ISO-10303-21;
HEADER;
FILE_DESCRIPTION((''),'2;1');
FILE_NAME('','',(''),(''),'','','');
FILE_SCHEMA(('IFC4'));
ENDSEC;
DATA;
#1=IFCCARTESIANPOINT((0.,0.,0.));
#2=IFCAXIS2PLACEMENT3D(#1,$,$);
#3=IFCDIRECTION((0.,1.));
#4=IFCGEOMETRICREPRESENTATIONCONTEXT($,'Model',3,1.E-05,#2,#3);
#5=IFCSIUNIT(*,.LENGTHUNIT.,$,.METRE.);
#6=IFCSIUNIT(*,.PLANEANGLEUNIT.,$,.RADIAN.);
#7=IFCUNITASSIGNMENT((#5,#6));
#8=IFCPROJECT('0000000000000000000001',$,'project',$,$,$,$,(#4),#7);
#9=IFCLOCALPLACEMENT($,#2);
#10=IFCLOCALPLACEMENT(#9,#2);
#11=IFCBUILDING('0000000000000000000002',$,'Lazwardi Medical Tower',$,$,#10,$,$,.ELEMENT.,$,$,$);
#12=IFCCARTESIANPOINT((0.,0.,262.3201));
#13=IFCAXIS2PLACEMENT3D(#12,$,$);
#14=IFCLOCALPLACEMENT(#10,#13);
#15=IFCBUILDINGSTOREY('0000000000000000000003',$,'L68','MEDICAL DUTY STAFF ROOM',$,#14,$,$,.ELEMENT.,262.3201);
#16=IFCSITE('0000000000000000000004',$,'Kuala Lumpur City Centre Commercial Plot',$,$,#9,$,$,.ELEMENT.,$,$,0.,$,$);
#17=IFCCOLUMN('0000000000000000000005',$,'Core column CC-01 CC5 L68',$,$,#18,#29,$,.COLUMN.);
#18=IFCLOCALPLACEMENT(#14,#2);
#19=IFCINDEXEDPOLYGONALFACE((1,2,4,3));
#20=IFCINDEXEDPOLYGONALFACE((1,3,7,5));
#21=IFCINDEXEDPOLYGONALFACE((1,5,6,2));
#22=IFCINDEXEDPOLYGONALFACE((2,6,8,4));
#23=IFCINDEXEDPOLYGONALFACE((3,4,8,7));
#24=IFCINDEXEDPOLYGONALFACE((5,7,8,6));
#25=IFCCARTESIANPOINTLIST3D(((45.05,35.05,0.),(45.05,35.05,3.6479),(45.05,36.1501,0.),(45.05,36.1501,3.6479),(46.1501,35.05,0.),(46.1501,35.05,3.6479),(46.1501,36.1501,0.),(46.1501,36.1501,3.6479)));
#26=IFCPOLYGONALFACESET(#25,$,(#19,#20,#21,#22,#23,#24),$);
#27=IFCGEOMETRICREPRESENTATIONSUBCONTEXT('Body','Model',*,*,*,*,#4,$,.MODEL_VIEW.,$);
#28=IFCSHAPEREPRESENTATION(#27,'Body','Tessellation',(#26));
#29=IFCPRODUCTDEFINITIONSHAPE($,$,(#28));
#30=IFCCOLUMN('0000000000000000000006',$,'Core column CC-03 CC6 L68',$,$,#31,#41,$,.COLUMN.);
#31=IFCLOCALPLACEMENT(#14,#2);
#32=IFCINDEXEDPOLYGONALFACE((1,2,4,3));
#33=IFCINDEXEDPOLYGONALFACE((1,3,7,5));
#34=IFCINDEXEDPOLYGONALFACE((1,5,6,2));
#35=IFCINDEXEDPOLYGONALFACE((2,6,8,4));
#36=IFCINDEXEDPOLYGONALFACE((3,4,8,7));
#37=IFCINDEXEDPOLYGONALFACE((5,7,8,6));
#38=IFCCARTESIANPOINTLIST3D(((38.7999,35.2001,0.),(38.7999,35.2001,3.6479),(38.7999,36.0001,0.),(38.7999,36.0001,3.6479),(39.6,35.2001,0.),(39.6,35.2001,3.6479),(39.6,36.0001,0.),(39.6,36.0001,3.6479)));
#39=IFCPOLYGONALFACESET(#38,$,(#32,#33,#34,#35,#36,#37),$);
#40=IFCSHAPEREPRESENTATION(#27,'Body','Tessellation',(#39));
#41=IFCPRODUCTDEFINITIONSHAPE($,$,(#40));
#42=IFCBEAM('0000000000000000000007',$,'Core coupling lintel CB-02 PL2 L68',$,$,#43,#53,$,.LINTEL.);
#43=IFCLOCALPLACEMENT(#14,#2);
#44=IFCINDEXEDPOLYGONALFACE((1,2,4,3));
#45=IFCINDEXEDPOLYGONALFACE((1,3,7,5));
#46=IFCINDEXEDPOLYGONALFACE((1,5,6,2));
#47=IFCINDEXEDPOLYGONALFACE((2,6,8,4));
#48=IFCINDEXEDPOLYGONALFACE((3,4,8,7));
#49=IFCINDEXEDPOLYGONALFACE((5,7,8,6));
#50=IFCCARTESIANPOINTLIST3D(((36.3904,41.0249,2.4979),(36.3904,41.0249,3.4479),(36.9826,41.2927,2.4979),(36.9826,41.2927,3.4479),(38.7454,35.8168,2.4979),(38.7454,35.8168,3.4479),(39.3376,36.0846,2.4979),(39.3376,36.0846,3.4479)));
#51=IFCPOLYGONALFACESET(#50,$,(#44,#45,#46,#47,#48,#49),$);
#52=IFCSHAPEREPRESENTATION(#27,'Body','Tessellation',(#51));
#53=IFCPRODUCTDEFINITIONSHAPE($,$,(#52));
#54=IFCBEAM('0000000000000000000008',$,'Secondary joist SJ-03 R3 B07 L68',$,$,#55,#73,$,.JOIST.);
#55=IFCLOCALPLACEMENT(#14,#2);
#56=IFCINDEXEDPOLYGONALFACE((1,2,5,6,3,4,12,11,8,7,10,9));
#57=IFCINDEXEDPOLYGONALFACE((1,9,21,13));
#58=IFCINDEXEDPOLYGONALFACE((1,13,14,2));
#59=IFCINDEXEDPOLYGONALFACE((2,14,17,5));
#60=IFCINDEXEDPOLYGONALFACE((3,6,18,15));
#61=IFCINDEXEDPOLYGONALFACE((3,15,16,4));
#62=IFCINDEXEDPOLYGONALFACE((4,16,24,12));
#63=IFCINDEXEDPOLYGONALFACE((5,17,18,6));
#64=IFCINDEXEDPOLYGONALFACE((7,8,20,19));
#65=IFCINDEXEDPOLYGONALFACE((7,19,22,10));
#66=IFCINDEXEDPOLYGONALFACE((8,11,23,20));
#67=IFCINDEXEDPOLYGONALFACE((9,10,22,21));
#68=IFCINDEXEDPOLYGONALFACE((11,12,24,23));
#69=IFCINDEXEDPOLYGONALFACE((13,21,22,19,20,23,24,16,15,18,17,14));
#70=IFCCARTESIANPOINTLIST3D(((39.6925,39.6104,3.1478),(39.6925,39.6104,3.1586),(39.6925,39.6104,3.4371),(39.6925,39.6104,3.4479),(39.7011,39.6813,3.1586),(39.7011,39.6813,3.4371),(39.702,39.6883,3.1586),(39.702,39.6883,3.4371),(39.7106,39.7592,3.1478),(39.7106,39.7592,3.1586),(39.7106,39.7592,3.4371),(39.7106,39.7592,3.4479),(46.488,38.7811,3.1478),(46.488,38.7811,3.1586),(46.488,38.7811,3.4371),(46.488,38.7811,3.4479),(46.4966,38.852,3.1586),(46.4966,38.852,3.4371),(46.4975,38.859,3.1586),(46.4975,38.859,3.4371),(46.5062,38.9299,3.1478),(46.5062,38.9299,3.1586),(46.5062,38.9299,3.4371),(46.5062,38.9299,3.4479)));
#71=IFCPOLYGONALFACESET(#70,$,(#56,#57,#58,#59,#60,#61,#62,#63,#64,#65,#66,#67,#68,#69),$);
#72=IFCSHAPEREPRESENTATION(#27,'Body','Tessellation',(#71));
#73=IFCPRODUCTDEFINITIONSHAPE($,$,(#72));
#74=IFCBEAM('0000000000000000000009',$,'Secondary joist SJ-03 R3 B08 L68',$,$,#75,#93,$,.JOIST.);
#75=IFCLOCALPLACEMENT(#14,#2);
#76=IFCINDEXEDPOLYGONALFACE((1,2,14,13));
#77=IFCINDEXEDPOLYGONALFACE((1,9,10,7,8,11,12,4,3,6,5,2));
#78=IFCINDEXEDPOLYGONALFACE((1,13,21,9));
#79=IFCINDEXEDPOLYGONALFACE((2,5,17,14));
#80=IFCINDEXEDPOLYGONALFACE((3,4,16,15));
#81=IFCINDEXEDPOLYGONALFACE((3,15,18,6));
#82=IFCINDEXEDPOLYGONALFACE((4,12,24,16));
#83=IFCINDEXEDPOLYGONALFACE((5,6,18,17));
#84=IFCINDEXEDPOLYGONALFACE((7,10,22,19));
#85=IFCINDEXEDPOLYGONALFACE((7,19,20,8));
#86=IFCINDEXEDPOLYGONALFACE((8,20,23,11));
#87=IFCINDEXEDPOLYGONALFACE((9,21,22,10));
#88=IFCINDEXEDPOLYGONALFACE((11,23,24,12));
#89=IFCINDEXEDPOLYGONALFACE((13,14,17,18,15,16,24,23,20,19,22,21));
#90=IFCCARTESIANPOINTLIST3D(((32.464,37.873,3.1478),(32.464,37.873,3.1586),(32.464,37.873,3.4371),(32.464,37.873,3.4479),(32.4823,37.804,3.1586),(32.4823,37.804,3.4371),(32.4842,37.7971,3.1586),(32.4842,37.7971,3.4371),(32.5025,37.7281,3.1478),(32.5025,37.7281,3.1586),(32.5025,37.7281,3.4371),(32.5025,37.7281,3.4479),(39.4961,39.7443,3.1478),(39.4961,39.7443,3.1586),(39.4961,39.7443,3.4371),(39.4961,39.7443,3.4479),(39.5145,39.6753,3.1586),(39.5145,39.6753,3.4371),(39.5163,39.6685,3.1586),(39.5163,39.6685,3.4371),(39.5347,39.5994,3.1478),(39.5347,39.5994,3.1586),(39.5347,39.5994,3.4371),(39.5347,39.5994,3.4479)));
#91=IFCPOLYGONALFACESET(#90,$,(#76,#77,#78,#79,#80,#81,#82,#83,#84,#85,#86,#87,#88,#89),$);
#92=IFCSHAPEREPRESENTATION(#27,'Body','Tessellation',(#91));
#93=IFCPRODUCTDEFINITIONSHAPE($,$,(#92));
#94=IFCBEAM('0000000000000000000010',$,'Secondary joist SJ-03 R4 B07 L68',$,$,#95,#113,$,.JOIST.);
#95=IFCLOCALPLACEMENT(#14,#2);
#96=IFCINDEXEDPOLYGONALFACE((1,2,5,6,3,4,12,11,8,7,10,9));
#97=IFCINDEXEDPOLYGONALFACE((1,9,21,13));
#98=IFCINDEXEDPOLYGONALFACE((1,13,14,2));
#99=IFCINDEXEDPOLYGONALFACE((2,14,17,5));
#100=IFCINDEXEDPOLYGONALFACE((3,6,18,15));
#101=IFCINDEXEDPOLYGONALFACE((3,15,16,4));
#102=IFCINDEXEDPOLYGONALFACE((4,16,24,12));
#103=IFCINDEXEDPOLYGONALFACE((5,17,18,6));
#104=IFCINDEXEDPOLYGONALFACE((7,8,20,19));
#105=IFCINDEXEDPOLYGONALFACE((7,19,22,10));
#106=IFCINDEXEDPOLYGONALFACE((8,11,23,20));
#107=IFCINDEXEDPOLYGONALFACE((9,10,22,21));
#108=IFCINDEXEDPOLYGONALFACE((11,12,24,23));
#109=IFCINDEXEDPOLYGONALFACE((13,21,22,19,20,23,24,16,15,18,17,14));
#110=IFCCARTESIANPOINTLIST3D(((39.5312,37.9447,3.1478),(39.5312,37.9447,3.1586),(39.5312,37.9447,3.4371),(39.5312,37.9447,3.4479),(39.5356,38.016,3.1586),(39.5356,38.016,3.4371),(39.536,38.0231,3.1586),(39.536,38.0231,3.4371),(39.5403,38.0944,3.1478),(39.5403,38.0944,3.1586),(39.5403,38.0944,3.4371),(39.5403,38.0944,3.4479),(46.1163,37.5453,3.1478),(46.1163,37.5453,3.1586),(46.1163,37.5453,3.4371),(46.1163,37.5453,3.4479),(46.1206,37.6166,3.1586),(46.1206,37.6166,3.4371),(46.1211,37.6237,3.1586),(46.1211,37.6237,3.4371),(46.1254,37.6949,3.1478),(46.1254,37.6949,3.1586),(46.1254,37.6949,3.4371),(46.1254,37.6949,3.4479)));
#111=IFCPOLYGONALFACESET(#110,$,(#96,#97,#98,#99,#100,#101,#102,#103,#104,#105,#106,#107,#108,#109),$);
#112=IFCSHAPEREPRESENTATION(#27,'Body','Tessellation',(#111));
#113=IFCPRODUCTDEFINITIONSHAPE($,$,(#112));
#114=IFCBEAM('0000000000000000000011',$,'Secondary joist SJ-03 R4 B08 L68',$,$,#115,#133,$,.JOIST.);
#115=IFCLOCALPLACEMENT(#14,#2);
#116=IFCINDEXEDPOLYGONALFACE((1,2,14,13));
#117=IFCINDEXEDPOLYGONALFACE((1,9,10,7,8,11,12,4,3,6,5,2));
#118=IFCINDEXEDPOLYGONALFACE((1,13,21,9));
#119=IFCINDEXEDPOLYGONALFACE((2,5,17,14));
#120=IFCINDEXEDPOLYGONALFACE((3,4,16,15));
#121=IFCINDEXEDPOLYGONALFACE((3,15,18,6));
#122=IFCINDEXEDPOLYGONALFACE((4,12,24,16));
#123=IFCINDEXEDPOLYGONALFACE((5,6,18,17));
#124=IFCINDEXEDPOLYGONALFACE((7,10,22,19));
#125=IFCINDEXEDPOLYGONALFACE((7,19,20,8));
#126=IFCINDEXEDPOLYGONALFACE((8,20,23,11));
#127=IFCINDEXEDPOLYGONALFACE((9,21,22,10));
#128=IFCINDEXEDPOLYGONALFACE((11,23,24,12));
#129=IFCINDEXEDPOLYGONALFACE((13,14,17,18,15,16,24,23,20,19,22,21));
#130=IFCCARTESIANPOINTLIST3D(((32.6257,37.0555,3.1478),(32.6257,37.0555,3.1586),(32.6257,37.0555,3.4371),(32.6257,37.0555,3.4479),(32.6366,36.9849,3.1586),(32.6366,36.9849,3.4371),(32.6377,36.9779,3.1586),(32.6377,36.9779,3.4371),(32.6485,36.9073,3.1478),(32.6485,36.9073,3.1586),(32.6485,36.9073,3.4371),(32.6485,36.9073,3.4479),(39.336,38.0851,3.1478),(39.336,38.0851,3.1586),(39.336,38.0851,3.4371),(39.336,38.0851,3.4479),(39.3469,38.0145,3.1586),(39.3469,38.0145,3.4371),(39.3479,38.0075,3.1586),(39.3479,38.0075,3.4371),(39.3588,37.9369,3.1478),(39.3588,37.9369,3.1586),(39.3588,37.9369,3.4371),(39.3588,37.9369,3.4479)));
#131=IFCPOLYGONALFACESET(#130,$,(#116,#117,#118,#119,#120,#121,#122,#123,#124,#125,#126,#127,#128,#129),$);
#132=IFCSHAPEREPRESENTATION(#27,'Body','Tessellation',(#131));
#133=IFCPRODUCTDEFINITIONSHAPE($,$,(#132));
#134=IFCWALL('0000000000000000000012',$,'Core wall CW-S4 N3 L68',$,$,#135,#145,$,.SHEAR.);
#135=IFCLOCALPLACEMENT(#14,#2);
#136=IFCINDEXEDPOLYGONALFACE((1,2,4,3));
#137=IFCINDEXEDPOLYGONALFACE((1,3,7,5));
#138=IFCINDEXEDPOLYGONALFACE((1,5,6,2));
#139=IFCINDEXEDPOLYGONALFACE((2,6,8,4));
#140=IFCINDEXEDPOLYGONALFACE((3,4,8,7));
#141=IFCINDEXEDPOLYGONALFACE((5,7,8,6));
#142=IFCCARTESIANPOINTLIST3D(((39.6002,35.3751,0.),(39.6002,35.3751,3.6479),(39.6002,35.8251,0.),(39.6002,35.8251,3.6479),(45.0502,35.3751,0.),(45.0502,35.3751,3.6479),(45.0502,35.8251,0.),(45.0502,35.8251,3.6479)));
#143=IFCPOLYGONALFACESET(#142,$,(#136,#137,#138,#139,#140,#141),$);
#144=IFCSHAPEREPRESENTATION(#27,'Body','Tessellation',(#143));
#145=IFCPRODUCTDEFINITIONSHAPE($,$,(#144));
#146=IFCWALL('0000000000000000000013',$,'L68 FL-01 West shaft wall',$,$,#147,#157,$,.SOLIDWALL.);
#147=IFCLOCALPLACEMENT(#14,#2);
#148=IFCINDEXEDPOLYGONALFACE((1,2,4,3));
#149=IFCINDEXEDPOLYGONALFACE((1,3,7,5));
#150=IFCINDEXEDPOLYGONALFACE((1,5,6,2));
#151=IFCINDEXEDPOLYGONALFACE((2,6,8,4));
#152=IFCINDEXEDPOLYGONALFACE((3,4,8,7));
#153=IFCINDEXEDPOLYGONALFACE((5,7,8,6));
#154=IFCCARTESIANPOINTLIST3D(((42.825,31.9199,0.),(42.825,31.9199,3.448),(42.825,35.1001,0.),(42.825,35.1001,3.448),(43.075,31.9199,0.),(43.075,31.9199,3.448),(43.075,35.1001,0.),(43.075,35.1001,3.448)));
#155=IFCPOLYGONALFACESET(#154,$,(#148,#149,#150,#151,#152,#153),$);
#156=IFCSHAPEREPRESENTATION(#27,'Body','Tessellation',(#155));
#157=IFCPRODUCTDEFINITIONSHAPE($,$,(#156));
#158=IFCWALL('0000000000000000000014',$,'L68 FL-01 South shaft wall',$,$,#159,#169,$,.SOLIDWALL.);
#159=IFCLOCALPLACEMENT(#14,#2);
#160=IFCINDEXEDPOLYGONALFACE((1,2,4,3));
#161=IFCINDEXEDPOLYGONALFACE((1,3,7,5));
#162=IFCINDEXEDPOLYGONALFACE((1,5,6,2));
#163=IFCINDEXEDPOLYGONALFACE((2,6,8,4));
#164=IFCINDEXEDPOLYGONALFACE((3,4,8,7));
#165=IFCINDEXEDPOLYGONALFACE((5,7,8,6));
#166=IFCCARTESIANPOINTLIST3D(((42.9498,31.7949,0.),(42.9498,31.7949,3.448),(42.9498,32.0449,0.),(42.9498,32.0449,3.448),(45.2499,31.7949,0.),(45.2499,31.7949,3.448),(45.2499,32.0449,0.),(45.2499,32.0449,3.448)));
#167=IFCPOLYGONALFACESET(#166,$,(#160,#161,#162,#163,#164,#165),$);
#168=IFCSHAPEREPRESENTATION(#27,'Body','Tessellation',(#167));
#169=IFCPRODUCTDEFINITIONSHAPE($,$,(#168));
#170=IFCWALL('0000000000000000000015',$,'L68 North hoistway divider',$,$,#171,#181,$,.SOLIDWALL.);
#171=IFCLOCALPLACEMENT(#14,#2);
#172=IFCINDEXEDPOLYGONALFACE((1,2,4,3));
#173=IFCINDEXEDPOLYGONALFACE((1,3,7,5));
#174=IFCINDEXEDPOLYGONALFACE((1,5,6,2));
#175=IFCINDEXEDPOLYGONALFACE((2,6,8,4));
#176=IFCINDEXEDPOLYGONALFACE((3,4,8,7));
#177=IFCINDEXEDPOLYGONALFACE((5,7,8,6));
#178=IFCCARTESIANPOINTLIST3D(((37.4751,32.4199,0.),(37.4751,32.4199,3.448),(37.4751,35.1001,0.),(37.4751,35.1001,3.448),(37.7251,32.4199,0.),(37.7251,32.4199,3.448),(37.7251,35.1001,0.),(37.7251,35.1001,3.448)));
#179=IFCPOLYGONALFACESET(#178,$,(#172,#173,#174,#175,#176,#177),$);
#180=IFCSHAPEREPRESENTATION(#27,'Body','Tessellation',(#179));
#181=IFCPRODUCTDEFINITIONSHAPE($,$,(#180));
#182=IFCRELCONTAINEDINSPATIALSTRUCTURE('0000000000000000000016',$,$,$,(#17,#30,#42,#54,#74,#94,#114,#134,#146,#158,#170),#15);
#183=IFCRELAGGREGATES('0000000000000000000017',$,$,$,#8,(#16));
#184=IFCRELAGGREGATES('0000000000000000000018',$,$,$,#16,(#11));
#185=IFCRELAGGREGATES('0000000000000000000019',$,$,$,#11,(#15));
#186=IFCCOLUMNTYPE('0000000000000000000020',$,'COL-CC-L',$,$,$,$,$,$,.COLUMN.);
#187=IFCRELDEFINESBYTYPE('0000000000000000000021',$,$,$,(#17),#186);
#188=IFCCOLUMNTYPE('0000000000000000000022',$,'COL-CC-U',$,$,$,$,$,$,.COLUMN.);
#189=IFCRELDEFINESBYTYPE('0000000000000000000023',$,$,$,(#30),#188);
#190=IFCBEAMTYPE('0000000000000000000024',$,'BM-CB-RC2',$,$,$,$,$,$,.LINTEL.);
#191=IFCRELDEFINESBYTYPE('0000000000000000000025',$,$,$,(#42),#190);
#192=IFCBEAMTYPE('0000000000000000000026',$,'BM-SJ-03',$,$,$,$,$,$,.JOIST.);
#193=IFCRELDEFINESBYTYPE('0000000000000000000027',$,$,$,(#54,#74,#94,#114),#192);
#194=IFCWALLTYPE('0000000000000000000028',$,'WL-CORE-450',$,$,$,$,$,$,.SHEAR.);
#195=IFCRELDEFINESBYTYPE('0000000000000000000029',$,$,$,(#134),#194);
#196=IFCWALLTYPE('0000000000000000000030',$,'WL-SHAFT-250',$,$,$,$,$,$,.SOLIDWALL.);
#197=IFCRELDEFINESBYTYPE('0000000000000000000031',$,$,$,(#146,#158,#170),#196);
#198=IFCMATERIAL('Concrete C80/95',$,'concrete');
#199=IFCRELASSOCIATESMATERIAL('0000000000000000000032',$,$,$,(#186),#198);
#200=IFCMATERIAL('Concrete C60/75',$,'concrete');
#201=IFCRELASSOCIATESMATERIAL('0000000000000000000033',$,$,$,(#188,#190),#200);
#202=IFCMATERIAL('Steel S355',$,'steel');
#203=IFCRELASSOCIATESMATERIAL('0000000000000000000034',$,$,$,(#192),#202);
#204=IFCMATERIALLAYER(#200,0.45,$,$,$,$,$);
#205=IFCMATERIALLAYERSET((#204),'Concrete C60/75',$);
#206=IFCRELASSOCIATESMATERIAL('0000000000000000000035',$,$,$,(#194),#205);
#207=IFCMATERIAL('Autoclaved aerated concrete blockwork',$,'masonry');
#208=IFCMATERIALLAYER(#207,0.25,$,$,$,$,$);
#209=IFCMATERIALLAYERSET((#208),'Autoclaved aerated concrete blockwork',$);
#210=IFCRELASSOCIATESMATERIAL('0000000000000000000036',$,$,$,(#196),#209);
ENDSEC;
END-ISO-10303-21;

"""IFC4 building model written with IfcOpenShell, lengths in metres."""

from ifc_helpers import new_model, si_unit, direction, frame, frame_2d, origin, origin_2d, place, context, subcontext, project, spatial, rectangle, i_section, extrude, material, layer, layer_set, material_profile, profile_set, type_object, element, save


model = new_model("IFC4")

# Units and contexts
model_context = context("Model", 3, precision=1e-05, world=origin(), true_north=direction((0.0, 1.0)))
body_context = subcontext(model_context, "Body", "Model", "MODEL_VIEW")
ifc_project = project(units=[si_unit("LENGTHUNIT", "METRE"), si_unit("PLANEANGLEUNIT", "RADIAN")], contexts=[model_context])

# Site, building, storey
site_placement = place(None, origin())
site = spatial("IfcSite", under=ifc_project, at=site_placement, Name="Kuala Lumpur City Centre Commercial Plot", CompositionType="ELEMENT", RefElevation=0.0)
building_placement = place(site_placement, origin())
building = spatial("IfcBuilding", under=site, at=building_placement, Name="Lazwardi Medical Tower", CompositionType="ELEMENT")
storey_placement = place(building_placement, frame((0.0, 0.0, 262.3201)))
storey = spatial("IfcBuildingStorey", under=building, at=storey_placement, Name="L68", Description="MEDICAL DUTY STAFF ROOM", CompositionType="ELEMENT", Elevation=262.3201)

# Columns
ifc_material_1 = material(Name="Concrete C80/95", Category="concrete")
ifc_material_profile_1 = material_profile(ifc_material_1, rectangle(XDim=1.1001, YDim=1.1001, at=origin_2d()), Name="RC 1100x1100")
ifc_profile_set_1 = profile_set([ifc_material_profile_1], Name="Concrete C80/95")
column_type_1 = type_object("IfcColumnType", Name="COL-CC-L", PredefinedType="COLUMN", material=ifc_profile_set_1)
column_1_placement = place(storey_placement, frame((45.6001, 35.6001, 0.0), z_axis=(0.0, 0.0, 1.0), x_axis=(1.0, 0.0, 0.0)))
element("IfcColumn", 1, at=column_1_placement, inside=storey, type_object=column_type_1, Name="Core column CC-01 CC5 L68", PredefinedType="COLUMN", context=body_context, shape_type="SweptSolid", body=[
    extrude(rectangle(XDim=1.1001, YDim=1.1001, at=origin_2d()), origin(), (0.0, 0.0, 1.0), 3.6479),
])
ifc_material_2 = material(Name="Concrete C60/75", Category="concrete")
ifc_material_profile_2 = material_profile(ifc_material_2, rectangle(XDim=0.8, YDim=0.8, at=origin_2d()), Name="RC 800x800")
ifc_profile_set_2 = profile_set([ifc_material_profile_2], Name="Concrete C60/75")
column_type_2 = type_object("IfcColumnType", Name="COL-CC-U", PredefinedType="COLUMN", material=ifc_profile_set_2)
column_2_placement = place(storey_placement, frame((39.2, 35.6001, 0.0), z_axis=(0.0, 0.0, 1.0), x_axis=(1.0, 0.0, 0.0)))
element("IfcColumn", 2, at=column_2_placement, inside=storey, type_object=column_type_2, Name="Core column CC-03 CC6 L68", PredefinedType="COLUMN", context=body_context, shape_type="SweptSolid", body=[
    extrude(rectangle(XDim=0.8, YDim=0.8, at=origin_2d()), origin(), (0.0, 0.0, 1.0), 3.6479),
])

# Beams
ifc_material_profile_3 = material_profile(ifc_material_2, rectangle(XDim=0.6499, YDim=0.95, at=origin_2d()), Name="RC 650x950")
ifc_profile_set_3 = profile_set([ifc_material_profile_3], Name="Concrete C60/75")
beam_type_1 = type_object("IfcBeamType", Name="BM-CB-RC2", PredefinedType="LINTEL", material=ifc_profile_set_3)
beam_1_placement = place(storey_placement, frame((39.0415, 35.9507, 2.9729), z_axis=(-0.412019, 0.911175, 0.0), x_axis=(-0.911175, -0.412019, 0.0)))
element("IfcBeam", 3, at=beam_1_placement, inside=storey, type_object=beam_type_1, Name="Core coupling lintel CB-02 PL2 L68", PredefinedType="LINTEL", context=body_context, shape_type="SweptSolid", body=[
    extrude(rectangle(XDim=0.6499, YDim=0.95, at=origin_2d()), origin(), (0.0, 0.0, 1.0), 5.7158),
])
ifc_material_3 = material(Name="Steel S355", Category="steel")
ifc_material_profile_4 = material_profile(ifc_material_3, i_section(OverallWidth=0.1499, OverallDepth=0.3, WebThickness=0.0071, FlangeThickness=0.0107, at=origin_2d()), Name="IPE 300")
ifc_profile_set_4 = profile_set([ifc_material_profile_4], Name="Steel S355")
beam_type_2 = type_object("IfcBeamType", Name="BM-SJ-03", PredefinedType="JOIST", material=ifc_profile_set_4)
beam_2_placement = place(storey_placement, frame((46.4971, 38.8555, 3.2979), z_axis=(-0.992635, 0.121146, 0.0), x_axis=(-0.121146, -0.992635, 0.0)))
element("IfcBeam", 4, at=beam_2_placement, inside=storey, type_object=beam_type_2, Name="Secondary joist SJ-03 R3 B07 L68", PredefinedType="JOIST", context=body_context, shape_type="SweptSolid", body=[
    extrude(i_section(OverallWidth=0.1499, OverallDepth=0.3, WebThickness=0.0071, FlangeThickness=0.0107, at=origin_2d()), origin(), (0.0, 0.0, 1.0), 6.8459),
])
beam_3_placement = place(storey_placement, frame((39.5154, 39.6719, 3.2979), z_axis=(-0.966369, -0.257159, 0.0), x_axis=(0.257159, -0.966369, 0.0)))
element("IfcBeam", 5, at=beam_3_placement, inside=storey, type_object=beam_type_2, Name="Secondary joist SJ-03 R3 B08 L68", PredefinedType="JOIST", context=body_context, shape_type="SweptSolid", body=[
    extrude(i_section(OverallWidth=0.1499, OverallDepth=0.3, WebThickness=0.0071, FlangeThickness=0.0107, at=origin_2d()), origin(), (0.0, 0.0, 1.0), 7.2769),
])
beam_4_placement = place(storey_placement, frame((46.1208, 37.6201, 3.2979), z_axis=(-0.998166, 0.060544, 0.0), x_axis=(-0.060544, -0.998166, 0.0)))
element("IfcBeam", 6, at=beam_4_placement, inside=storey, type_object=beam_type_2, Name="Secondary joist SJ-03 R4 B07 L68", PredefinedType="JOIST", context=body_context, shape_type="SweptSolid", body=[
    extrude(i_section(OverallWidth=0.1499, OverallDepth=0.3, WebThickness=0.0071, FlangeThickness=0.0107, at=origin_2d()), origin(), (0.0, 0.0, 1.0), 6.5972),
])
beam_5_placement = place(storey_placement, frame((39.3474, 38.011, 3.2979), z_axis=(-0.988434, -0.151655, 0.0), x_axis=(0.151655, -0.988434, 0.0)))
element("IfcBeam", 7, at=beam_5_placement, inside=storey, type_object=beam_type_2, Name="Secondary joist SJ-03 R4 B08 L68", PredefinedType="JOIST", context=body_context, shape_type="SweptSolid", body=[
    extrude(i_section(OverallWidth=0.1499, OverallDepth=0.3, WebThickness=0.0071, FlangeThickness=0.0107, at=origin_2d()), origin(), (0.0, 0.0, 1.0), 6.7888),
])

# Walls
ifc_layer_1 = layer(ifc_material_2, 0.45)
ifc_layer_set_1 = layer_set([ifc_layer_1], Name="Concrete C60/75")
wall_type_1 = type_object("IfcWallType", Name="WL-CORE-450", PredefinedType="SHEAR", material=ifc_layer_set_1)
wall_1_placement = place(storey_placement, frame((39.6001, 35.6001, 0.0), z_axis=(0.0, 0.0, 1.0), x_axis=(1.0, 0.0, 0.0)))
element("IfcWall", 8, at=wall_1_placement, inside=storey, type_object=wall_type_1, Name="Core wall CW-S4 N3 L68", PredefinedType="SHEAR", context=body_context, shape_type="SweptSolid", body=[
    extrude(rectangle(XDim=5.45, YDim=0.45, at=frame_2d((2.7251, 0.0))), origin(), (0.0, 0.0, 1.0), 3.6479),
])
ifc_material_4 = material(Name="Autoclaved aerated concrete blockwork", Category="masonry")
ifc_layer_2 = layer(ifc_material_4, 0.25)
ifc_layer_set_2 = layer_set([ifc_layer_2], Name="Autoclaved aerated concrete blockwork")
wall_type_2 = type_object("IfcWallType", Name="WL-SHAFT-250", PredefinedType="SOLIDWALL", material=ifc_layer_set_2)
wall_2_placement = place(storey_placement, frame((42.95, 31.9199, 0.0), z_axis=(0.0, 0.0, 1.0), x_axis=(0.0, 1.0, 0.0)))
element("IfcWall", 9, at=wall_2_placement, inside=storey, type_object=wall_type_2, Name="L68 FL-01 West shaft wall", PredefinedType="SOLIDWALL", context=body_context, shape_type="SweptSolid", body=[
    extrude(rectangle(XDim=3.1802, YDim=0.25, at=frame_2d((1.5901, 0.0))), origin(), (0.0, 0.0, 1.0), 3.448),
])
wall_3_placement = place(storey_placement, frame((42.95, 31.9199, 0.0), z_axis=(0.0, 0.0, 1.0), x_axis=(1.0, 0.0, 0.0)))
element("IfcWall", 10, at=wall_3_placement, inside=storey, type_object=wall_type_2, Name="L68 FL-01 South shaft wall", PredefinedType="SOLIDWALL", context=body_context, shape_type="SweptSolid", body=[
    extrude(rectangle(XDim=2.3, YDim=0.25, at=frame_2d((1.1499, 0.0))), origin(), (0.0, 0.0, 1.0), 3.448),
])
for number, where, z_axis, x_axis, name in (
    (11, (37.6001, 32.4199, 0.0), (0.0, 0.0, 1.0), (0.0, 1.0, 0.0), "L68 North hoistway divider"),
):
    element("IfcWall", number, at=place(storey_placement, frame(where, z_axis=z_axis, x_axis=x_axis)), inside=storey, type_object=wall_type_2, Name=name, PredefinedType="SOLIDWALL", context=body_context, shape_type="SweptSolid", body=[
        extrude(rectangle(XDim=2.6802, YDim=0.25, at=frame_2d((1.3401, 0.0))), origin(), (0.0, 0.0, 1.0), 3.448),
    ])

save(model, "model.ifc")
